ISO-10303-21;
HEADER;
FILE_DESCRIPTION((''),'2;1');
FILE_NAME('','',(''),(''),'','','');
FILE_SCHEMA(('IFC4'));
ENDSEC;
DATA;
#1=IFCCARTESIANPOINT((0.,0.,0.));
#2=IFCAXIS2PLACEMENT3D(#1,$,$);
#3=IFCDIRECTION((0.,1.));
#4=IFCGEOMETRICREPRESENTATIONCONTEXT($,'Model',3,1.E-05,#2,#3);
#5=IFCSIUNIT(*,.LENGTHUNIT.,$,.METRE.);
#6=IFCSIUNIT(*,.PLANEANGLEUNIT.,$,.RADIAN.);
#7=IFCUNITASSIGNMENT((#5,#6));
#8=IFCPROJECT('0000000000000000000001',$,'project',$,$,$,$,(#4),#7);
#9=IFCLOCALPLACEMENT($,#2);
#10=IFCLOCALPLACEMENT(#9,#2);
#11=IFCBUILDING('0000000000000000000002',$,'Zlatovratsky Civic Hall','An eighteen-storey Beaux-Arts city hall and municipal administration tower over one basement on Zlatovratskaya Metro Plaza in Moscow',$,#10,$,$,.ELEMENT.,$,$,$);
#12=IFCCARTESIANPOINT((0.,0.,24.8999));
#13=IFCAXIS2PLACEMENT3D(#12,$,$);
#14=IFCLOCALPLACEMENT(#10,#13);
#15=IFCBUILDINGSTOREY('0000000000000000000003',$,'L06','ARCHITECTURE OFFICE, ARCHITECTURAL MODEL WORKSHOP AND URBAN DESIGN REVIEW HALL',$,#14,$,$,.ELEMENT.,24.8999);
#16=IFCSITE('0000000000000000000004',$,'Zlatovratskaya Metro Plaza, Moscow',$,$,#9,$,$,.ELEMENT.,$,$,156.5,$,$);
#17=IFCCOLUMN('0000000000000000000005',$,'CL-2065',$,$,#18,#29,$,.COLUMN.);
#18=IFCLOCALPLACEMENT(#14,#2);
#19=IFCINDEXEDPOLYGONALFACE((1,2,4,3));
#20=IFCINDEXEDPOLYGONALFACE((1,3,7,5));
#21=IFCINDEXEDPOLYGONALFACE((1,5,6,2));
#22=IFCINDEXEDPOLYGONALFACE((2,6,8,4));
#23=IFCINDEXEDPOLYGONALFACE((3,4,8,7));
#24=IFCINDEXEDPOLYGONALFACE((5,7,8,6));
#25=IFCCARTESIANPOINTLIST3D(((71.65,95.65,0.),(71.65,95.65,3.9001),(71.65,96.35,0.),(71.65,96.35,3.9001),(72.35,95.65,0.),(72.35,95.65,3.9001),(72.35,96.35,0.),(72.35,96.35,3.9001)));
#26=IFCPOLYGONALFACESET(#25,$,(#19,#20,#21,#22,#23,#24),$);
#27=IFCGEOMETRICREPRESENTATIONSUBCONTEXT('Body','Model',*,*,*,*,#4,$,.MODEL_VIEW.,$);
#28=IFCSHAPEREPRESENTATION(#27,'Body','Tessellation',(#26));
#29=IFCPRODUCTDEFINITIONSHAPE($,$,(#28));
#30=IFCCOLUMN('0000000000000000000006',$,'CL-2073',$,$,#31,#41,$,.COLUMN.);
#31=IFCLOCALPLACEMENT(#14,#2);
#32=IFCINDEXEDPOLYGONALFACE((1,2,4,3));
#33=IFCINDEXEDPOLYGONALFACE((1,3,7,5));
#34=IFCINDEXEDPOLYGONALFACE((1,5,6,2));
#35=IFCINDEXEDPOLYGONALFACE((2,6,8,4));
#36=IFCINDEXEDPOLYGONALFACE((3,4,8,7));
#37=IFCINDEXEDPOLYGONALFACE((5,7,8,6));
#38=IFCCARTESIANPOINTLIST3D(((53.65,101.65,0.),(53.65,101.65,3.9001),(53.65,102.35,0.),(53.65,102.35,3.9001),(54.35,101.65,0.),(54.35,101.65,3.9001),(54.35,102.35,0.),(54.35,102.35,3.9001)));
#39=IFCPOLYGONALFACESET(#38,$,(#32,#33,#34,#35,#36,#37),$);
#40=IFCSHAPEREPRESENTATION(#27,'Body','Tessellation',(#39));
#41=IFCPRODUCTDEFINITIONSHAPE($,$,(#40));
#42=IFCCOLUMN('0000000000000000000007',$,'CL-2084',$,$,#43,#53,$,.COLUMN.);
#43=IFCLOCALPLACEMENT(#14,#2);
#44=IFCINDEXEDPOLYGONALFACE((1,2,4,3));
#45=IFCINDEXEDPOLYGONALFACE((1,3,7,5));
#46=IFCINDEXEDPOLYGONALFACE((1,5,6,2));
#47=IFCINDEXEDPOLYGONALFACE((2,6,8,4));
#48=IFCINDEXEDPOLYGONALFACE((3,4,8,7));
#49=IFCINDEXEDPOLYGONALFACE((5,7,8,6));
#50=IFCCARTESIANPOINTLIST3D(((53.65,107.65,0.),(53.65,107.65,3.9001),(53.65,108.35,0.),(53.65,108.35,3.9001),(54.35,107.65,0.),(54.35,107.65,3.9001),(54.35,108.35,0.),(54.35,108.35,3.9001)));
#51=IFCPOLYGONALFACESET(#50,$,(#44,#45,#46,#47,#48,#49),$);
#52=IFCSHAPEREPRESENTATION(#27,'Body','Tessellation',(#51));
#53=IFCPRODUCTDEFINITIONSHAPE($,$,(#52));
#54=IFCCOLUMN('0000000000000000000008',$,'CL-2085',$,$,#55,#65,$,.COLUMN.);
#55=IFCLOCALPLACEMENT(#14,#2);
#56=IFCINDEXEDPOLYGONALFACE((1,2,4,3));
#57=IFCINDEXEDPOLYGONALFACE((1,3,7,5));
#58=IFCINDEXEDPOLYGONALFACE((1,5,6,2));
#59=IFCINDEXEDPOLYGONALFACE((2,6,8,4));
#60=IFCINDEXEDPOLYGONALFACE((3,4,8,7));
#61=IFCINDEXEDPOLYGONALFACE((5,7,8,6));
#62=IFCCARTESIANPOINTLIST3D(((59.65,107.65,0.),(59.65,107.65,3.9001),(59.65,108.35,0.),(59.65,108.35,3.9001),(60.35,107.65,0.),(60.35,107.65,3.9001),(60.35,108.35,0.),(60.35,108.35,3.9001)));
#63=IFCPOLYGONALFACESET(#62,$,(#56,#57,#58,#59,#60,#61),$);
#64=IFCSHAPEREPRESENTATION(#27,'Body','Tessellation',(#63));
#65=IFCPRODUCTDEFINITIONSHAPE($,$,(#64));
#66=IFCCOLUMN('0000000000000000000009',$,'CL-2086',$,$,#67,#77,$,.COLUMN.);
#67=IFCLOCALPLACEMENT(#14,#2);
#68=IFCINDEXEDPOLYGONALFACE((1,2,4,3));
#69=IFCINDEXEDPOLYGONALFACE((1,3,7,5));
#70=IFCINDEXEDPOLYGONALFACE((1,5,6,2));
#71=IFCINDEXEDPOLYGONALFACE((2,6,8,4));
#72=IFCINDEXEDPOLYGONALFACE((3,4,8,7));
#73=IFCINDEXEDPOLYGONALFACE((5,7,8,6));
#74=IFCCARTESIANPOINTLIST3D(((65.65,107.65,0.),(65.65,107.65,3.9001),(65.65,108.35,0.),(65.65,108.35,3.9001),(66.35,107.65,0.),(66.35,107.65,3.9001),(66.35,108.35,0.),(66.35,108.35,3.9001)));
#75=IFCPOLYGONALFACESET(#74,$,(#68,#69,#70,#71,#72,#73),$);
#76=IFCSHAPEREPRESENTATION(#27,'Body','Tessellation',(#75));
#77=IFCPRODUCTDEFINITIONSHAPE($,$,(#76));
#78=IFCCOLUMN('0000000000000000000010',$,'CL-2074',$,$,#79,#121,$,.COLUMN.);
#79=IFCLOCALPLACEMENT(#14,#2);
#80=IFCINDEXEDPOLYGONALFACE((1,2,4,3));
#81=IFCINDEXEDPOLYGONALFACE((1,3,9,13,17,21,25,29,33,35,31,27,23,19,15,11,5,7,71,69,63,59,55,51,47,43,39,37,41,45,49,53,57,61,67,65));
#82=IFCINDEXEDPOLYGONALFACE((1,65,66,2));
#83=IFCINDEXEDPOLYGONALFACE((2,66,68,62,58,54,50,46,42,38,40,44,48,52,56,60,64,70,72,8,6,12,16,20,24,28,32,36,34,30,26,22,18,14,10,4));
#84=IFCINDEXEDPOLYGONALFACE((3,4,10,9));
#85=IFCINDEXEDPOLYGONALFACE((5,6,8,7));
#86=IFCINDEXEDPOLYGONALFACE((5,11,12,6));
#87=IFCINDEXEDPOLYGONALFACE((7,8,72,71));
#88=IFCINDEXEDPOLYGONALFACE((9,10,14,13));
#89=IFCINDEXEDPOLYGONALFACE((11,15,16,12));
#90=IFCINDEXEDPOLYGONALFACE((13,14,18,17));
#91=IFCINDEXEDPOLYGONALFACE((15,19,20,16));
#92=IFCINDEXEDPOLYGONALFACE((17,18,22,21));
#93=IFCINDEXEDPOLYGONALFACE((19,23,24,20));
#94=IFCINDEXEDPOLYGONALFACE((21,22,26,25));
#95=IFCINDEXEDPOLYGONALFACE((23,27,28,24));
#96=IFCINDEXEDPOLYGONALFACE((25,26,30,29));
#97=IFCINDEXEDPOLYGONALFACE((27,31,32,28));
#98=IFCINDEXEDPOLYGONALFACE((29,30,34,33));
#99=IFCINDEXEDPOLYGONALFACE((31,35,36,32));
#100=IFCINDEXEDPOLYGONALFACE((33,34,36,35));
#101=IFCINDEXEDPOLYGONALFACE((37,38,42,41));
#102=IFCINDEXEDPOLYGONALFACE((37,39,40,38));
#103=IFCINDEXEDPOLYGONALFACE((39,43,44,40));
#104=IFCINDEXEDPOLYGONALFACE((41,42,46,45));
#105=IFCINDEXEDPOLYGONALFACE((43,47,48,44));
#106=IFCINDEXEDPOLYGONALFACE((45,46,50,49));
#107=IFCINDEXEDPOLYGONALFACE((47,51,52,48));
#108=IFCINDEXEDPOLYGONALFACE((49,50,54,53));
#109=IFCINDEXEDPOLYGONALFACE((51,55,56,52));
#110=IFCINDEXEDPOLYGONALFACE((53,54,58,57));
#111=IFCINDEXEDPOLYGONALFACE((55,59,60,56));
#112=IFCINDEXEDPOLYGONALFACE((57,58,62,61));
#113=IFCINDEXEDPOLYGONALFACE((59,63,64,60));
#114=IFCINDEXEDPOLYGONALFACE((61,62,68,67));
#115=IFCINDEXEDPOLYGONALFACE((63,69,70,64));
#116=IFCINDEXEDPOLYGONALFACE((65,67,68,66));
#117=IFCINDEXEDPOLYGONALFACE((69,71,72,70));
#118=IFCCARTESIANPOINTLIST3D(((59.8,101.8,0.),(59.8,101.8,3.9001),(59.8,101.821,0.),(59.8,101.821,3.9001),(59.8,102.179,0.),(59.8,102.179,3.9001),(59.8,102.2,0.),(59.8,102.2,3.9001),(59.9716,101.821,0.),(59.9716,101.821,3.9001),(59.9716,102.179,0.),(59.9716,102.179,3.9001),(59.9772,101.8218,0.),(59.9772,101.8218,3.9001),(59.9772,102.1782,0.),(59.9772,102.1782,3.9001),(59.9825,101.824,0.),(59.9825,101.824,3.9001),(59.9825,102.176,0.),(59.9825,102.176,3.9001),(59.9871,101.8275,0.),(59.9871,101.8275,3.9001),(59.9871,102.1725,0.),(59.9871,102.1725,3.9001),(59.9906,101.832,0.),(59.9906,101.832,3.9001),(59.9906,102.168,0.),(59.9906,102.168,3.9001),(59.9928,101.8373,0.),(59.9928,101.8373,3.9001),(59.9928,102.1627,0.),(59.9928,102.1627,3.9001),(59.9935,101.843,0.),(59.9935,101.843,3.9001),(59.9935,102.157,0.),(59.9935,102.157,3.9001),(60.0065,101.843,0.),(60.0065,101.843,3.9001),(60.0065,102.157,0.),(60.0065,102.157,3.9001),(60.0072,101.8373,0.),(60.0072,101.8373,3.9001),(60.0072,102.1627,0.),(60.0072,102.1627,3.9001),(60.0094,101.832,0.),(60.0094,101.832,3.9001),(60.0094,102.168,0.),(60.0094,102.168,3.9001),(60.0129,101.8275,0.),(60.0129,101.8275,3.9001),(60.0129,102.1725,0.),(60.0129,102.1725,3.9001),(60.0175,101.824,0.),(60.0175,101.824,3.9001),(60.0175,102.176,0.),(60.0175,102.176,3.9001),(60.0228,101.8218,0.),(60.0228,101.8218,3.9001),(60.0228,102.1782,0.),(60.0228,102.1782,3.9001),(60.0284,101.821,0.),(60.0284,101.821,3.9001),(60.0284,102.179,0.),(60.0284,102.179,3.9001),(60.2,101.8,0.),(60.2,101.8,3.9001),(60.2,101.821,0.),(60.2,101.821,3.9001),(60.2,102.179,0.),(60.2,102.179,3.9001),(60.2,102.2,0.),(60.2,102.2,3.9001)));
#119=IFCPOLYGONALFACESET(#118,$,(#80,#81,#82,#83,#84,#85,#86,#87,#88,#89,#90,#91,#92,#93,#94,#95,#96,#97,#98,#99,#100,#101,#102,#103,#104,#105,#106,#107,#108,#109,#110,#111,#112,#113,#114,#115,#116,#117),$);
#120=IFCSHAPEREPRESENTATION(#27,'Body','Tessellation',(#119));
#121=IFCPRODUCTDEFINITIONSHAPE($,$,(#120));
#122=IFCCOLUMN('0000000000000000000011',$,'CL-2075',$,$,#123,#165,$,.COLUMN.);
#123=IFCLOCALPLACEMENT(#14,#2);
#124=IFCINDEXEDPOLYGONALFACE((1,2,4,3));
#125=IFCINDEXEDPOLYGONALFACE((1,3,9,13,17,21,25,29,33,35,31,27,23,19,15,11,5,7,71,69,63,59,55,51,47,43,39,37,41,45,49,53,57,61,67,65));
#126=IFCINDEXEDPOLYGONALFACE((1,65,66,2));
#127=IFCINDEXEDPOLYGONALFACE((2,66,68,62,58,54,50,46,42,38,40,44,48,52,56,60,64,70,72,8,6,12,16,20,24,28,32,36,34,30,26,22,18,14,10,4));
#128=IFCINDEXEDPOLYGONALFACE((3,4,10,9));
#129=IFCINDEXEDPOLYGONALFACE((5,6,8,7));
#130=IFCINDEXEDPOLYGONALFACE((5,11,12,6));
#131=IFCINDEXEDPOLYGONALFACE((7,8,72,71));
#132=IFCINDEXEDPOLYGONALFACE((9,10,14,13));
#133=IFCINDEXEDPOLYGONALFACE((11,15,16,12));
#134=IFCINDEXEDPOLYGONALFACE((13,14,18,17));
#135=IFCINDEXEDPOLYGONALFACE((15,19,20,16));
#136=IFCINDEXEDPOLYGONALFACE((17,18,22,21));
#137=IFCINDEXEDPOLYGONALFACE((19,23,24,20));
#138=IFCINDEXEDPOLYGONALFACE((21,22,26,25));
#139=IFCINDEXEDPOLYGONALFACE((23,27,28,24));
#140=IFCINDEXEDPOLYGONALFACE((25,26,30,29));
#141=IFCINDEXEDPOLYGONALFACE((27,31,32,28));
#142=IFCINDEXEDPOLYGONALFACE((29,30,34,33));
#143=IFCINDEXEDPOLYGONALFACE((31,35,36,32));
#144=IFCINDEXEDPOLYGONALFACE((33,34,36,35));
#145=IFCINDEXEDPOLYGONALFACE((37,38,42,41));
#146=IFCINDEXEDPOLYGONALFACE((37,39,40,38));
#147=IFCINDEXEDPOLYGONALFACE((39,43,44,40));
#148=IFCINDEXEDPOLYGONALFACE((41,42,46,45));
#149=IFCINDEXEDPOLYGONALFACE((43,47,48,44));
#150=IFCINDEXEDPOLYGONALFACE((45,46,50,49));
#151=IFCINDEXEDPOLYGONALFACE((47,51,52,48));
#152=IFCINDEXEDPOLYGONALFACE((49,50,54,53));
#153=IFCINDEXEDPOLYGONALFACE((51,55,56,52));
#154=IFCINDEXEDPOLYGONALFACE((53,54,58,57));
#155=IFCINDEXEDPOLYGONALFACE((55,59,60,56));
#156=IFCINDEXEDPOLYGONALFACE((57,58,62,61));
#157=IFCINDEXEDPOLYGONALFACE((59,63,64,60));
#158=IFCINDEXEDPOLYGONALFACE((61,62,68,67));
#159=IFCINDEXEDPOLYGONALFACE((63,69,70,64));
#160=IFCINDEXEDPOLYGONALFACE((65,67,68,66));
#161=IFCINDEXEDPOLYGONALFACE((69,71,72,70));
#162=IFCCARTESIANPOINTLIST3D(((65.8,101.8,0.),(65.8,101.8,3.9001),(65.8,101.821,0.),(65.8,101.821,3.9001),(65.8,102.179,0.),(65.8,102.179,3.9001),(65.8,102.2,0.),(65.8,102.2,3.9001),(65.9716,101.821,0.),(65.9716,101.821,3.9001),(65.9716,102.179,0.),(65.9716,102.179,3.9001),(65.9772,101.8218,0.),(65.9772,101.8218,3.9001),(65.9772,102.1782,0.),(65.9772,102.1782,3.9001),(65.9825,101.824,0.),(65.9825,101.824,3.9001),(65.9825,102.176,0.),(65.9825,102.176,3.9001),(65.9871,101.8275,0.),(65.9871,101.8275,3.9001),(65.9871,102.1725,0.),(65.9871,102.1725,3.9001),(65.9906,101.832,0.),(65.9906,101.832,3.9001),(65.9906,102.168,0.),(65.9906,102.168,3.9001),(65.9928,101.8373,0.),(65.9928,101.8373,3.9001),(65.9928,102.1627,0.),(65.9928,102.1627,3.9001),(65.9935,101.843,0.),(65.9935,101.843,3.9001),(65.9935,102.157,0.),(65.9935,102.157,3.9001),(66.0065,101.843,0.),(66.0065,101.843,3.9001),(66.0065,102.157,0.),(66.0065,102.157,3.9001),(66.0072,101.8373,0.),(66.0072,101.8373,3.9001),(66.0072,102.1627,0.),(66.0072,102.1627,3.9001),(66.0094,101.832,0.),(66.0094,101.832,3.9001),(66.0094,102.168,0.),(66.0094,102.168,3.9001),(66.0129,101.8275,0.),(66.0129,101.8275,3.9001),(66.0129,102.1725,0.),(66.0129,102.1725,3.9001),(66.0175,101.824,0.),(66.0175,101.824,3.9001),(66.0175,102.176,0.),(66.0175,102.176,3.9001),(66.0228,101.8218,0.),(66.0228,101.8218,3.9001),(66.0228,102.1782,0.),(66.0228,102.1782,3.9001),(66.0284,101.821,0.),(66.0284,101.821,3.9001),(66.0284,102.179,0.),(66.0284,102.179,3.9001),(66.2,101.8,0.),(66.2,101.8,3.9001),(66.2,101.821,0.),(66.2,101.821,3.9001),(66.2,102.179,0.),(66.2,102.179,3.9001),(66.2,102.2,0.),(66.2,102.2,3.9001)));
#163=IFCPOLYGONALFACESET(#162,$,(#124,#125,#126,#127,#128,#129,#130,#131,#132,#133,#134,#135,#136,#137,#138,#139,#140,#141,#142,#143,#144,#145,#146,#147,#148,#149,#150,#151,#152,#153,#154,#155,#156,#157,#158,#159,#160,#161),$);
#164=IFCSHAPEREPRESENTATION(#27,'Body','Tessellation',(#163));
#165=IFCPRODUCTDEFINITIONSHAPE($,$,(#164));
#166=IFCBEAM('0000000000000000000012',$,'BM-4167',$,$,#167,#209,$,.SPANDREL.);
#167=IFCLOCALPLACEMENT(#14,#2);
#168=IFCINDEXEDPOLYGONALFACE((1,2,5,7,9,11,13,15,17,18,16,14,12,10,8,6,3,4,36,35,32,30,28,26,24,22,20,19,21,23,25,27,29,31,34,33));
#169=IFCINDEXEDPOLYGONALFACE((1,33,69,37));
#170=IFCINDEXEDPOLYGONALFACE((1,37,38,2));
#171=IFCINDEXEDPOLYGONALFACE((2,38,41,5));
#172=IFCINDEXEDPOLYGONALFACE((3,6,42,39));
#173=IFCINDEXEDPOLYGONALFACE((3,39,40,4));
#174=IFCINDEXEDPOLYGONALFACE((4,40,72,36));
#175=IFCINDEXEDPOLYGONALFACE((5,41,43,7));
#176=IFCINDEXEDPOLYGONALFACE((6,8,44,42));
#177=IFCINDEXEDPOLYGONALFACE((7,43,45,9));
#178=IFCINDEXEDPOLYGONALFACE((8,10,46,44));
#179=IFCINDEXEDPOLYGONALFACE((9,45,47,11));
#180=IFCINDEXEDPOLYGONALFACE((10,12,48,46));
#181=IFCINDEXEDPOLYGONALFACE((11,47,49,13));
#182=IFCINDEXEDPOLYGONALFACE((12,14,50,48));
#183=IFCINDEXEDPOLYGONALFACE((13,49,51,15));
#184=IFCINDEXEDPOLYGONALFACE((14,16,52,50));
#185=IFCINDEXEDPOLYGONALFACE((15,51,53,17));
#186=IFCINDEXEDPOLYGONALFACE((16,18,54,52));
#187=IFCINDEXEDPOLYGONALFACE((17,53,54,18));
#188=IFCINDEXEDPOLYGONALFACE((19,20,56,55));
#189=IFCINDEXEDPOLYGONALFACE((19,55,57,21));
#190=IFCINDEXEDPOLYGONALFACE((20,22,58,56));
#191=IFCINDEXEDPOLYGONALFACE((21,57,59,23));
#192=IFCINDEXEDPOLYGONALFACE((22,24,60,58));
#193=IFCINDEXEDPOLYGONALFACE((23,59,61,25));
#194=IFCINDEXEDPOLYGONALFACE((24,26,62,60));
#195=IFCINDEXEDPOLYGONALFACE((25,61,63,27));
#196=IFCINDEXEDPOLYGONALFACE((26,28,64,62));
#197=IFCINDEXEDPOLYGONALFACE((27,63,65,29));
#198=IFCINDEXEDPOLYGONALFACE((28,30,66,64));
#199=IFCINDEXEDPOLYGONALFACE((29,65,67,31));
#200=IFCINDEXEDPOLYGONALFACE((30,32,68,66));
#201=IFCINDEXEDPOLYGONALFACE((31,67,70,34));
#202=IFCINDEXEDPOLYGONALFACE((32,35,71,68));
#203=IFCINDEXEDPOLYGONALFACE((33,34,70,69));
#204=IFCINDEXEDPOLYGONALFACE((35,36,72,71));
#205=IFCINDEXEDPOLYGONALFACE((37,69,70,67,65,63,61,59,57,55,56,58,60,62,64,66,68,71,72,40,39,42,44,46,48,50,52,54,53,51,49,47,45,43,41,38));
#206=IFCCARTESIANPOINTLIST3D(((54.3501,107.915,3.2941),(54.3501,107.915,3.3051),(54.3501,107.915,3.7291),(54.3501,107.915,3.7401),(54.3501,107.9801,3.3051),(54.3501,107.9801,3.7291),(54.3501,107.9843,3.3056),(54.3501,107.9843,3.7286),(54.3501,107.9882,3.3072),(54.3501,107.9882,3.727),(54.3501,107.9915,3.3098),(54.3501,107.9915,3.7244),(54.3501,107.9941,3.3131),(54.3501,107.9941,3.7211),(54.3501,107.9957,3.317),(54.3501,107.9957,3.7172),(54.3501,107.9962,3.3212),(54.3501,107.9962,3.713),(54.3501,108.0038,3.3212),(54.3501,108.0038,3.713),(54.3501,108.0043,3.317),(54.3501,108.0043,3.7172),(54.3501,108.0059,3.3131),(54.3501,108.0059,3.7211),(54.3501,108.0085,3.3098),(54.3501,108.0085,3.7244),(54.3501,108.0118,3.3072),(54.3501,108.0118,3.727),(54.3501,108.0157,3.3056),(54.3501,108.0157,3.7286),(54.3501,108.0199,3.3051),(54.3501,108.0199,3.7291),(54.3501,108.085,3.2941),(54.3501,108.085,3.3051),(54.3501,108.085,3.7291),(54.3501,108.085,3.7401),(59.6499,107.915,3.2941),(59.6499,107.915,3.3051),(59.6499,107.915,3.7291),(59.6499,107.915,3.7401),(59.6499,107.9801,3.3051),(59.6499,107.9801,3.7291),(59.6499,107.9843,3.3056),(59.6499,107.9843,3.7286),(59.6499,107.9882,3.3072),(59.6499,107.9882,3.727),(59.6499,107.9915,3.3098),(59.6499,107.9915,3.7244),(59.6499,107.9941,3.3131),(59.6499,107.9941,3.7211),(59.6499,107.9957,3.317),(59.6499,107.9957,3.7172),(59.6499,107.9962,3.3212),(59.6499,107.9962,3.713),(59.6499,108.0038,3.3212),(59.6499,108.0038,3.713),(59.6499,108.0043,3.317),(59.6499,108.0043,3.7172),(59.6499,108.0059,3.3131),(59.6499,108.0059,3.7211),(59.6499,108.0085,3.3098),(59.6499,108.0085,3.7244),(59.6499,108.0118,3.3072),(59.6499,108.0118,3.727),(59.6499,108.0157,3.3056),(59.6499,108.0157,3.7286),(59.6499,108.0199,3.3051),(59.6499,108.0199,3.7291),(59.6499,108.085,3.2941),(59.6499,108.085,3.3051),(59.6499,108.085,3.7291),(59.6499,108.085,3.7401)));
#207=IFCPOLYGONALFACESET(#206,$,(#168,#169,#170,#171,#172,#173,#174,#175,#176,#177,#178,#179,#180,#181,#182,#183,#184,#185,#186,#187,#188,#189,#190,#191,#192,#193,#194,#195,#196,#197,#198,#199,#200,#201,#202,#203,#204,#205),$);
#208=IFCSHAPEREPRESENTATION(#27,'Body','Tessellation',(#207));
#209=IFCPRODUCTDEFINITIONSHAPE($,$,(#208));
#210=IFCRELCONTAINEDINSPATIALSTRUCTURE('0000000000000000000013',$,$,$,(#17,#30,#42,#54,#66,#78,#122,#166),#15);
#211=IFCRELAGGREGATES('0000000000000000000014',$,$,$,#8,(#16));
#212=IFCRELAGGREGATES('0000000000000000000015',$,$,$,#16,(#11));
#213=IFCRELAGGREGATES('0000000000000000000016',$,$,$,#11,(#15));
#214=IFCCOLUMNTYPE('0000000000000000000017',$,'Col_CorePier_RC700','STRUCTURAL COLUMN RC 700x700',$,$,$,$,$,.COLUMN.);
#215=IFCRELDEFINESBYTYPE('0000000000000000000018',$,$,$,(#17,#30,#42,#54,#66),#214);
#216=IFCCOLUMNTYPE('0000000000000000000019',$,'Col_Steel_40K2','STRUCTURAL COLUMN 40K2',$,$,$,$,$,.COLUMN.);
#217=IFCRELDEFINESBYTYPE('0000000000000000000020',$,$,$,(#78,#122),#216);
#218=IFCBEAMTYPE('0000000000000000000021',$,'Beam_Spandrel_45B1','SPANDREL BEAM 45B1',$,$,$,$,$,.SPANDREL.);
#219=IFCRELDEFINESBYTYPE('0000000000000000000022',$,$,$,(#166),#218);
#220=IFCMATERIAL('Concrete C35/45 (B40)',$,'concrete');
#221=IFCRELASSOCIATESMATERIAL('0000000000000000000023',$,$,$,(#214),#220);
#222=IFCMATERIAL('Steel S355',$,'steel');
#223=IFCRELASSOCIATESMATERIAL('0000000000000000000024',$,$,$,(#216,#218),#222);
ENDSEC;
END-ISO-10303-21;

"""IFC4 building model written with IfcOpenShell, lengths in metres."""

from ifc_helpers import new_model, si_unit, direction, frame, origin, origin_2d, place, context, subcontext, project, spatial, rectangle, i_section, extrude, material, material_profile, profile_set, type_object, element, save


model = new_model("IFC4")

# Units and contexts
model_context = context("Model", 3, precision=1e-05, world=origin(), true_north=direction((0.0, 1.0)))
body_context = subcontext(model_context, "Body", "Model", "MODEL_VIEW")
ifc_project = project(units=[si_unit("LENGTHUNIT", "METRE"), si_unit("PLANEANGLEUNIT", "RADIAN")], contexts=[model_context])

# Site, building, storey
site_placement = place(None, origin())
site = spatial("IfcSite", under=ifc_project, at=site_placement, Name="Zlatovratskaya Metro Plaza, Moscow", CompositionType="ELEMENT", RefElevation=156.5)
building_placement = place(site_placement, origin())
building = spatial("IfcBuilding", under=site, at=building_placement, Name="Zlatovratsky Civic Hall", Description="An eighteen-storey Beaux-Arts city hall and municipal administration tower over one basement on Zlatovratskaya Metro Plaza in Moscow", CompositionType="ELEMENT")
storey_placement = place(building_placement, frame((0.0, 0.0, 24.8999)))
storey = spatial("IfcBuildingStorey", under=building, at=storey_placement, Name="L06", Description="ARCHITECTURE OFFICE, ARCHITECTURAL MODEL WORKSHOP AND URBAN DESIGN REVIEW HALL", CompositionType="ELEMENT", Elevation=24.8999)

# Columns
ifc_material_1 = material(Name="Concrete C35/45 (B40)", Category="concrete")
ifc_material_profile_1 = material_profile(ifc_material_1, rectangle(XDim=0.7, YDim=0.7, at=origin_2d()), Name="RC 700x700")
ifc_profile_set_1 = profile_set([ifc_material_profile_1], Name="Concrete C35/45 (B40)")
column_type_1 = type_object("IfcColumnType", Name="Col_CorePier_RC700", Description="STRUCTURAL COLUMN RC 700x700", PredefinedType="COLUMN", material=ifc_profile_set_1)
for number, where, z_axis, x_axis, name in (
    (1, (72.0, 96.0, 0.0), (0.0, 0.0, 1.0), (1.0, 0.0, 0.0), "CL-2065"),
    (2, (54.0, 102.0, 0.0), (0.0, 0.0, 1.0), (1.0, 0.0, 0.0), "CL-2073"),
    (3, (54.0, 108.0, 0.0), (0.0, 0.0, 1.0), (1.0, 0.0, 0.0), "CL-2084"),
    (4, (60.0, 108.0, 0.0), (0.0, 0.0, 1.0), (1.0, 0.0, 0.0), "CL-2085"),
    (5, (66.0, 108.0, 0.0), (0.0, 0.0, 1.0), (1.0, 0.0, 0.0), "CL-2086"),
):
    element("IfcColumn", number, at=place(storey_placement, frame(where, z_axis=z_axis, x_axis=x_axis)), inside=storey, type_object=column_type_1, Name=name, PredefinedType="COLUMN", context=body_context, shape_type="SweptSolid", body=[
        extrude(rectangle(XDim=0.7, YDim=0.7, at=origin_2d()), origin(), (0.0, 0.0, 1.0), 3.9001),
    ])
ifc_material_2 = material(Name="Steel S355", Category="steel")
ifc_material_profile_2 = material_profile(ifc_material_2, i_section(OverallWidth=0.3999, OverallDepth=0.3999, WebThickness=0.0129, FlangeThickness=0.021, FilletRadius=0.022, at=origin_2d()), Name="40K2")
ifc_profile_set_2 = profile_set([ifc_material_profile_2], Name="Steel S355")
column_type_2 = type_object("IfcColumnType", Name="Col_Steel_40K2", Description="STRUCTURAL COLUMN 40K2", PredefinedType="COLUMN", material=ifc_profile_set_2)
for number, where, z_axis, x_axis, name in (
    (6, (60.0, 102.0, 0.0), (0.0, 0.0, 1.0), (1.0, 0.0, 0.0), "CL-2074"),
    (7, (66.0, 102.0, 0.0), (0.0, 0.0, 1.0), (1.0, 0.0, 0.0), "CL-2075"),
):
    element("IfcColumn", number, at=place(storey_placement, frame(where, z_axis=z_axis, x_axis=x_axis)), inside=storey, type_object=column_type_2, Name=name, PredefinedType="COLUMN", context=body_context, shape_type="SweptSolid", body=[
        extrude(i_section(OverallWidth=0.3999, OverallDepth=0.3999, WebThickness=0.0129, FlangeThickness=0.021, FilletRadius=0.022, at=origin_2d()), origin(), (0.0, 0.0, 1.0), 3.9001),
    ])

# Beam
ifc_material_profile_3 = material_profile(ifc_material_2, i_section(OverallWidth=0.1699, OverallDepth=0.446, WebThickness=0.0076, FlangeThickness=0.011, FilletRadius=0.0161, at=origin_2d()), Name="45B1")
ifc_profile_set_3 = profile_set([ifc_material_profile_3], Name="Steel S355")
beam_type_1 = type_object("IfcBeamType", Name="Beam_Spandrel_45B1", Description="SPANDREL BEAM 45B1", PredefinedType="SPANDREL", material=ifc_profile_set_3)
for number, where, z_axis, x_axis, name in (
    (8, (54.3501, 108.0, 3.5171), (1.0, 0.0, 0.0), (0.0, 1.0, 0.0), "BM-4167"),
):
    element("IfcBeam", number, at=place(storey_placement, frame(where, z_axis=z_axis, x_axis=x_axis)), inside=storey, type_object=beam_type_1, Name=name, PredefinedType="SPANDREL", context=body_context, shape_type="SweptSolid", body=[
        extrude(i_section(OverallWidth=0.1699, OverallDepth=0.446, WebThickness=0.0076, FlangeThickness=0.011, FilletRadius=0.0161, at=origin_2d()), origin(), (0.0, 0.0, 1.0), 5.2998),
    ])

save(model, "model.ifc")
